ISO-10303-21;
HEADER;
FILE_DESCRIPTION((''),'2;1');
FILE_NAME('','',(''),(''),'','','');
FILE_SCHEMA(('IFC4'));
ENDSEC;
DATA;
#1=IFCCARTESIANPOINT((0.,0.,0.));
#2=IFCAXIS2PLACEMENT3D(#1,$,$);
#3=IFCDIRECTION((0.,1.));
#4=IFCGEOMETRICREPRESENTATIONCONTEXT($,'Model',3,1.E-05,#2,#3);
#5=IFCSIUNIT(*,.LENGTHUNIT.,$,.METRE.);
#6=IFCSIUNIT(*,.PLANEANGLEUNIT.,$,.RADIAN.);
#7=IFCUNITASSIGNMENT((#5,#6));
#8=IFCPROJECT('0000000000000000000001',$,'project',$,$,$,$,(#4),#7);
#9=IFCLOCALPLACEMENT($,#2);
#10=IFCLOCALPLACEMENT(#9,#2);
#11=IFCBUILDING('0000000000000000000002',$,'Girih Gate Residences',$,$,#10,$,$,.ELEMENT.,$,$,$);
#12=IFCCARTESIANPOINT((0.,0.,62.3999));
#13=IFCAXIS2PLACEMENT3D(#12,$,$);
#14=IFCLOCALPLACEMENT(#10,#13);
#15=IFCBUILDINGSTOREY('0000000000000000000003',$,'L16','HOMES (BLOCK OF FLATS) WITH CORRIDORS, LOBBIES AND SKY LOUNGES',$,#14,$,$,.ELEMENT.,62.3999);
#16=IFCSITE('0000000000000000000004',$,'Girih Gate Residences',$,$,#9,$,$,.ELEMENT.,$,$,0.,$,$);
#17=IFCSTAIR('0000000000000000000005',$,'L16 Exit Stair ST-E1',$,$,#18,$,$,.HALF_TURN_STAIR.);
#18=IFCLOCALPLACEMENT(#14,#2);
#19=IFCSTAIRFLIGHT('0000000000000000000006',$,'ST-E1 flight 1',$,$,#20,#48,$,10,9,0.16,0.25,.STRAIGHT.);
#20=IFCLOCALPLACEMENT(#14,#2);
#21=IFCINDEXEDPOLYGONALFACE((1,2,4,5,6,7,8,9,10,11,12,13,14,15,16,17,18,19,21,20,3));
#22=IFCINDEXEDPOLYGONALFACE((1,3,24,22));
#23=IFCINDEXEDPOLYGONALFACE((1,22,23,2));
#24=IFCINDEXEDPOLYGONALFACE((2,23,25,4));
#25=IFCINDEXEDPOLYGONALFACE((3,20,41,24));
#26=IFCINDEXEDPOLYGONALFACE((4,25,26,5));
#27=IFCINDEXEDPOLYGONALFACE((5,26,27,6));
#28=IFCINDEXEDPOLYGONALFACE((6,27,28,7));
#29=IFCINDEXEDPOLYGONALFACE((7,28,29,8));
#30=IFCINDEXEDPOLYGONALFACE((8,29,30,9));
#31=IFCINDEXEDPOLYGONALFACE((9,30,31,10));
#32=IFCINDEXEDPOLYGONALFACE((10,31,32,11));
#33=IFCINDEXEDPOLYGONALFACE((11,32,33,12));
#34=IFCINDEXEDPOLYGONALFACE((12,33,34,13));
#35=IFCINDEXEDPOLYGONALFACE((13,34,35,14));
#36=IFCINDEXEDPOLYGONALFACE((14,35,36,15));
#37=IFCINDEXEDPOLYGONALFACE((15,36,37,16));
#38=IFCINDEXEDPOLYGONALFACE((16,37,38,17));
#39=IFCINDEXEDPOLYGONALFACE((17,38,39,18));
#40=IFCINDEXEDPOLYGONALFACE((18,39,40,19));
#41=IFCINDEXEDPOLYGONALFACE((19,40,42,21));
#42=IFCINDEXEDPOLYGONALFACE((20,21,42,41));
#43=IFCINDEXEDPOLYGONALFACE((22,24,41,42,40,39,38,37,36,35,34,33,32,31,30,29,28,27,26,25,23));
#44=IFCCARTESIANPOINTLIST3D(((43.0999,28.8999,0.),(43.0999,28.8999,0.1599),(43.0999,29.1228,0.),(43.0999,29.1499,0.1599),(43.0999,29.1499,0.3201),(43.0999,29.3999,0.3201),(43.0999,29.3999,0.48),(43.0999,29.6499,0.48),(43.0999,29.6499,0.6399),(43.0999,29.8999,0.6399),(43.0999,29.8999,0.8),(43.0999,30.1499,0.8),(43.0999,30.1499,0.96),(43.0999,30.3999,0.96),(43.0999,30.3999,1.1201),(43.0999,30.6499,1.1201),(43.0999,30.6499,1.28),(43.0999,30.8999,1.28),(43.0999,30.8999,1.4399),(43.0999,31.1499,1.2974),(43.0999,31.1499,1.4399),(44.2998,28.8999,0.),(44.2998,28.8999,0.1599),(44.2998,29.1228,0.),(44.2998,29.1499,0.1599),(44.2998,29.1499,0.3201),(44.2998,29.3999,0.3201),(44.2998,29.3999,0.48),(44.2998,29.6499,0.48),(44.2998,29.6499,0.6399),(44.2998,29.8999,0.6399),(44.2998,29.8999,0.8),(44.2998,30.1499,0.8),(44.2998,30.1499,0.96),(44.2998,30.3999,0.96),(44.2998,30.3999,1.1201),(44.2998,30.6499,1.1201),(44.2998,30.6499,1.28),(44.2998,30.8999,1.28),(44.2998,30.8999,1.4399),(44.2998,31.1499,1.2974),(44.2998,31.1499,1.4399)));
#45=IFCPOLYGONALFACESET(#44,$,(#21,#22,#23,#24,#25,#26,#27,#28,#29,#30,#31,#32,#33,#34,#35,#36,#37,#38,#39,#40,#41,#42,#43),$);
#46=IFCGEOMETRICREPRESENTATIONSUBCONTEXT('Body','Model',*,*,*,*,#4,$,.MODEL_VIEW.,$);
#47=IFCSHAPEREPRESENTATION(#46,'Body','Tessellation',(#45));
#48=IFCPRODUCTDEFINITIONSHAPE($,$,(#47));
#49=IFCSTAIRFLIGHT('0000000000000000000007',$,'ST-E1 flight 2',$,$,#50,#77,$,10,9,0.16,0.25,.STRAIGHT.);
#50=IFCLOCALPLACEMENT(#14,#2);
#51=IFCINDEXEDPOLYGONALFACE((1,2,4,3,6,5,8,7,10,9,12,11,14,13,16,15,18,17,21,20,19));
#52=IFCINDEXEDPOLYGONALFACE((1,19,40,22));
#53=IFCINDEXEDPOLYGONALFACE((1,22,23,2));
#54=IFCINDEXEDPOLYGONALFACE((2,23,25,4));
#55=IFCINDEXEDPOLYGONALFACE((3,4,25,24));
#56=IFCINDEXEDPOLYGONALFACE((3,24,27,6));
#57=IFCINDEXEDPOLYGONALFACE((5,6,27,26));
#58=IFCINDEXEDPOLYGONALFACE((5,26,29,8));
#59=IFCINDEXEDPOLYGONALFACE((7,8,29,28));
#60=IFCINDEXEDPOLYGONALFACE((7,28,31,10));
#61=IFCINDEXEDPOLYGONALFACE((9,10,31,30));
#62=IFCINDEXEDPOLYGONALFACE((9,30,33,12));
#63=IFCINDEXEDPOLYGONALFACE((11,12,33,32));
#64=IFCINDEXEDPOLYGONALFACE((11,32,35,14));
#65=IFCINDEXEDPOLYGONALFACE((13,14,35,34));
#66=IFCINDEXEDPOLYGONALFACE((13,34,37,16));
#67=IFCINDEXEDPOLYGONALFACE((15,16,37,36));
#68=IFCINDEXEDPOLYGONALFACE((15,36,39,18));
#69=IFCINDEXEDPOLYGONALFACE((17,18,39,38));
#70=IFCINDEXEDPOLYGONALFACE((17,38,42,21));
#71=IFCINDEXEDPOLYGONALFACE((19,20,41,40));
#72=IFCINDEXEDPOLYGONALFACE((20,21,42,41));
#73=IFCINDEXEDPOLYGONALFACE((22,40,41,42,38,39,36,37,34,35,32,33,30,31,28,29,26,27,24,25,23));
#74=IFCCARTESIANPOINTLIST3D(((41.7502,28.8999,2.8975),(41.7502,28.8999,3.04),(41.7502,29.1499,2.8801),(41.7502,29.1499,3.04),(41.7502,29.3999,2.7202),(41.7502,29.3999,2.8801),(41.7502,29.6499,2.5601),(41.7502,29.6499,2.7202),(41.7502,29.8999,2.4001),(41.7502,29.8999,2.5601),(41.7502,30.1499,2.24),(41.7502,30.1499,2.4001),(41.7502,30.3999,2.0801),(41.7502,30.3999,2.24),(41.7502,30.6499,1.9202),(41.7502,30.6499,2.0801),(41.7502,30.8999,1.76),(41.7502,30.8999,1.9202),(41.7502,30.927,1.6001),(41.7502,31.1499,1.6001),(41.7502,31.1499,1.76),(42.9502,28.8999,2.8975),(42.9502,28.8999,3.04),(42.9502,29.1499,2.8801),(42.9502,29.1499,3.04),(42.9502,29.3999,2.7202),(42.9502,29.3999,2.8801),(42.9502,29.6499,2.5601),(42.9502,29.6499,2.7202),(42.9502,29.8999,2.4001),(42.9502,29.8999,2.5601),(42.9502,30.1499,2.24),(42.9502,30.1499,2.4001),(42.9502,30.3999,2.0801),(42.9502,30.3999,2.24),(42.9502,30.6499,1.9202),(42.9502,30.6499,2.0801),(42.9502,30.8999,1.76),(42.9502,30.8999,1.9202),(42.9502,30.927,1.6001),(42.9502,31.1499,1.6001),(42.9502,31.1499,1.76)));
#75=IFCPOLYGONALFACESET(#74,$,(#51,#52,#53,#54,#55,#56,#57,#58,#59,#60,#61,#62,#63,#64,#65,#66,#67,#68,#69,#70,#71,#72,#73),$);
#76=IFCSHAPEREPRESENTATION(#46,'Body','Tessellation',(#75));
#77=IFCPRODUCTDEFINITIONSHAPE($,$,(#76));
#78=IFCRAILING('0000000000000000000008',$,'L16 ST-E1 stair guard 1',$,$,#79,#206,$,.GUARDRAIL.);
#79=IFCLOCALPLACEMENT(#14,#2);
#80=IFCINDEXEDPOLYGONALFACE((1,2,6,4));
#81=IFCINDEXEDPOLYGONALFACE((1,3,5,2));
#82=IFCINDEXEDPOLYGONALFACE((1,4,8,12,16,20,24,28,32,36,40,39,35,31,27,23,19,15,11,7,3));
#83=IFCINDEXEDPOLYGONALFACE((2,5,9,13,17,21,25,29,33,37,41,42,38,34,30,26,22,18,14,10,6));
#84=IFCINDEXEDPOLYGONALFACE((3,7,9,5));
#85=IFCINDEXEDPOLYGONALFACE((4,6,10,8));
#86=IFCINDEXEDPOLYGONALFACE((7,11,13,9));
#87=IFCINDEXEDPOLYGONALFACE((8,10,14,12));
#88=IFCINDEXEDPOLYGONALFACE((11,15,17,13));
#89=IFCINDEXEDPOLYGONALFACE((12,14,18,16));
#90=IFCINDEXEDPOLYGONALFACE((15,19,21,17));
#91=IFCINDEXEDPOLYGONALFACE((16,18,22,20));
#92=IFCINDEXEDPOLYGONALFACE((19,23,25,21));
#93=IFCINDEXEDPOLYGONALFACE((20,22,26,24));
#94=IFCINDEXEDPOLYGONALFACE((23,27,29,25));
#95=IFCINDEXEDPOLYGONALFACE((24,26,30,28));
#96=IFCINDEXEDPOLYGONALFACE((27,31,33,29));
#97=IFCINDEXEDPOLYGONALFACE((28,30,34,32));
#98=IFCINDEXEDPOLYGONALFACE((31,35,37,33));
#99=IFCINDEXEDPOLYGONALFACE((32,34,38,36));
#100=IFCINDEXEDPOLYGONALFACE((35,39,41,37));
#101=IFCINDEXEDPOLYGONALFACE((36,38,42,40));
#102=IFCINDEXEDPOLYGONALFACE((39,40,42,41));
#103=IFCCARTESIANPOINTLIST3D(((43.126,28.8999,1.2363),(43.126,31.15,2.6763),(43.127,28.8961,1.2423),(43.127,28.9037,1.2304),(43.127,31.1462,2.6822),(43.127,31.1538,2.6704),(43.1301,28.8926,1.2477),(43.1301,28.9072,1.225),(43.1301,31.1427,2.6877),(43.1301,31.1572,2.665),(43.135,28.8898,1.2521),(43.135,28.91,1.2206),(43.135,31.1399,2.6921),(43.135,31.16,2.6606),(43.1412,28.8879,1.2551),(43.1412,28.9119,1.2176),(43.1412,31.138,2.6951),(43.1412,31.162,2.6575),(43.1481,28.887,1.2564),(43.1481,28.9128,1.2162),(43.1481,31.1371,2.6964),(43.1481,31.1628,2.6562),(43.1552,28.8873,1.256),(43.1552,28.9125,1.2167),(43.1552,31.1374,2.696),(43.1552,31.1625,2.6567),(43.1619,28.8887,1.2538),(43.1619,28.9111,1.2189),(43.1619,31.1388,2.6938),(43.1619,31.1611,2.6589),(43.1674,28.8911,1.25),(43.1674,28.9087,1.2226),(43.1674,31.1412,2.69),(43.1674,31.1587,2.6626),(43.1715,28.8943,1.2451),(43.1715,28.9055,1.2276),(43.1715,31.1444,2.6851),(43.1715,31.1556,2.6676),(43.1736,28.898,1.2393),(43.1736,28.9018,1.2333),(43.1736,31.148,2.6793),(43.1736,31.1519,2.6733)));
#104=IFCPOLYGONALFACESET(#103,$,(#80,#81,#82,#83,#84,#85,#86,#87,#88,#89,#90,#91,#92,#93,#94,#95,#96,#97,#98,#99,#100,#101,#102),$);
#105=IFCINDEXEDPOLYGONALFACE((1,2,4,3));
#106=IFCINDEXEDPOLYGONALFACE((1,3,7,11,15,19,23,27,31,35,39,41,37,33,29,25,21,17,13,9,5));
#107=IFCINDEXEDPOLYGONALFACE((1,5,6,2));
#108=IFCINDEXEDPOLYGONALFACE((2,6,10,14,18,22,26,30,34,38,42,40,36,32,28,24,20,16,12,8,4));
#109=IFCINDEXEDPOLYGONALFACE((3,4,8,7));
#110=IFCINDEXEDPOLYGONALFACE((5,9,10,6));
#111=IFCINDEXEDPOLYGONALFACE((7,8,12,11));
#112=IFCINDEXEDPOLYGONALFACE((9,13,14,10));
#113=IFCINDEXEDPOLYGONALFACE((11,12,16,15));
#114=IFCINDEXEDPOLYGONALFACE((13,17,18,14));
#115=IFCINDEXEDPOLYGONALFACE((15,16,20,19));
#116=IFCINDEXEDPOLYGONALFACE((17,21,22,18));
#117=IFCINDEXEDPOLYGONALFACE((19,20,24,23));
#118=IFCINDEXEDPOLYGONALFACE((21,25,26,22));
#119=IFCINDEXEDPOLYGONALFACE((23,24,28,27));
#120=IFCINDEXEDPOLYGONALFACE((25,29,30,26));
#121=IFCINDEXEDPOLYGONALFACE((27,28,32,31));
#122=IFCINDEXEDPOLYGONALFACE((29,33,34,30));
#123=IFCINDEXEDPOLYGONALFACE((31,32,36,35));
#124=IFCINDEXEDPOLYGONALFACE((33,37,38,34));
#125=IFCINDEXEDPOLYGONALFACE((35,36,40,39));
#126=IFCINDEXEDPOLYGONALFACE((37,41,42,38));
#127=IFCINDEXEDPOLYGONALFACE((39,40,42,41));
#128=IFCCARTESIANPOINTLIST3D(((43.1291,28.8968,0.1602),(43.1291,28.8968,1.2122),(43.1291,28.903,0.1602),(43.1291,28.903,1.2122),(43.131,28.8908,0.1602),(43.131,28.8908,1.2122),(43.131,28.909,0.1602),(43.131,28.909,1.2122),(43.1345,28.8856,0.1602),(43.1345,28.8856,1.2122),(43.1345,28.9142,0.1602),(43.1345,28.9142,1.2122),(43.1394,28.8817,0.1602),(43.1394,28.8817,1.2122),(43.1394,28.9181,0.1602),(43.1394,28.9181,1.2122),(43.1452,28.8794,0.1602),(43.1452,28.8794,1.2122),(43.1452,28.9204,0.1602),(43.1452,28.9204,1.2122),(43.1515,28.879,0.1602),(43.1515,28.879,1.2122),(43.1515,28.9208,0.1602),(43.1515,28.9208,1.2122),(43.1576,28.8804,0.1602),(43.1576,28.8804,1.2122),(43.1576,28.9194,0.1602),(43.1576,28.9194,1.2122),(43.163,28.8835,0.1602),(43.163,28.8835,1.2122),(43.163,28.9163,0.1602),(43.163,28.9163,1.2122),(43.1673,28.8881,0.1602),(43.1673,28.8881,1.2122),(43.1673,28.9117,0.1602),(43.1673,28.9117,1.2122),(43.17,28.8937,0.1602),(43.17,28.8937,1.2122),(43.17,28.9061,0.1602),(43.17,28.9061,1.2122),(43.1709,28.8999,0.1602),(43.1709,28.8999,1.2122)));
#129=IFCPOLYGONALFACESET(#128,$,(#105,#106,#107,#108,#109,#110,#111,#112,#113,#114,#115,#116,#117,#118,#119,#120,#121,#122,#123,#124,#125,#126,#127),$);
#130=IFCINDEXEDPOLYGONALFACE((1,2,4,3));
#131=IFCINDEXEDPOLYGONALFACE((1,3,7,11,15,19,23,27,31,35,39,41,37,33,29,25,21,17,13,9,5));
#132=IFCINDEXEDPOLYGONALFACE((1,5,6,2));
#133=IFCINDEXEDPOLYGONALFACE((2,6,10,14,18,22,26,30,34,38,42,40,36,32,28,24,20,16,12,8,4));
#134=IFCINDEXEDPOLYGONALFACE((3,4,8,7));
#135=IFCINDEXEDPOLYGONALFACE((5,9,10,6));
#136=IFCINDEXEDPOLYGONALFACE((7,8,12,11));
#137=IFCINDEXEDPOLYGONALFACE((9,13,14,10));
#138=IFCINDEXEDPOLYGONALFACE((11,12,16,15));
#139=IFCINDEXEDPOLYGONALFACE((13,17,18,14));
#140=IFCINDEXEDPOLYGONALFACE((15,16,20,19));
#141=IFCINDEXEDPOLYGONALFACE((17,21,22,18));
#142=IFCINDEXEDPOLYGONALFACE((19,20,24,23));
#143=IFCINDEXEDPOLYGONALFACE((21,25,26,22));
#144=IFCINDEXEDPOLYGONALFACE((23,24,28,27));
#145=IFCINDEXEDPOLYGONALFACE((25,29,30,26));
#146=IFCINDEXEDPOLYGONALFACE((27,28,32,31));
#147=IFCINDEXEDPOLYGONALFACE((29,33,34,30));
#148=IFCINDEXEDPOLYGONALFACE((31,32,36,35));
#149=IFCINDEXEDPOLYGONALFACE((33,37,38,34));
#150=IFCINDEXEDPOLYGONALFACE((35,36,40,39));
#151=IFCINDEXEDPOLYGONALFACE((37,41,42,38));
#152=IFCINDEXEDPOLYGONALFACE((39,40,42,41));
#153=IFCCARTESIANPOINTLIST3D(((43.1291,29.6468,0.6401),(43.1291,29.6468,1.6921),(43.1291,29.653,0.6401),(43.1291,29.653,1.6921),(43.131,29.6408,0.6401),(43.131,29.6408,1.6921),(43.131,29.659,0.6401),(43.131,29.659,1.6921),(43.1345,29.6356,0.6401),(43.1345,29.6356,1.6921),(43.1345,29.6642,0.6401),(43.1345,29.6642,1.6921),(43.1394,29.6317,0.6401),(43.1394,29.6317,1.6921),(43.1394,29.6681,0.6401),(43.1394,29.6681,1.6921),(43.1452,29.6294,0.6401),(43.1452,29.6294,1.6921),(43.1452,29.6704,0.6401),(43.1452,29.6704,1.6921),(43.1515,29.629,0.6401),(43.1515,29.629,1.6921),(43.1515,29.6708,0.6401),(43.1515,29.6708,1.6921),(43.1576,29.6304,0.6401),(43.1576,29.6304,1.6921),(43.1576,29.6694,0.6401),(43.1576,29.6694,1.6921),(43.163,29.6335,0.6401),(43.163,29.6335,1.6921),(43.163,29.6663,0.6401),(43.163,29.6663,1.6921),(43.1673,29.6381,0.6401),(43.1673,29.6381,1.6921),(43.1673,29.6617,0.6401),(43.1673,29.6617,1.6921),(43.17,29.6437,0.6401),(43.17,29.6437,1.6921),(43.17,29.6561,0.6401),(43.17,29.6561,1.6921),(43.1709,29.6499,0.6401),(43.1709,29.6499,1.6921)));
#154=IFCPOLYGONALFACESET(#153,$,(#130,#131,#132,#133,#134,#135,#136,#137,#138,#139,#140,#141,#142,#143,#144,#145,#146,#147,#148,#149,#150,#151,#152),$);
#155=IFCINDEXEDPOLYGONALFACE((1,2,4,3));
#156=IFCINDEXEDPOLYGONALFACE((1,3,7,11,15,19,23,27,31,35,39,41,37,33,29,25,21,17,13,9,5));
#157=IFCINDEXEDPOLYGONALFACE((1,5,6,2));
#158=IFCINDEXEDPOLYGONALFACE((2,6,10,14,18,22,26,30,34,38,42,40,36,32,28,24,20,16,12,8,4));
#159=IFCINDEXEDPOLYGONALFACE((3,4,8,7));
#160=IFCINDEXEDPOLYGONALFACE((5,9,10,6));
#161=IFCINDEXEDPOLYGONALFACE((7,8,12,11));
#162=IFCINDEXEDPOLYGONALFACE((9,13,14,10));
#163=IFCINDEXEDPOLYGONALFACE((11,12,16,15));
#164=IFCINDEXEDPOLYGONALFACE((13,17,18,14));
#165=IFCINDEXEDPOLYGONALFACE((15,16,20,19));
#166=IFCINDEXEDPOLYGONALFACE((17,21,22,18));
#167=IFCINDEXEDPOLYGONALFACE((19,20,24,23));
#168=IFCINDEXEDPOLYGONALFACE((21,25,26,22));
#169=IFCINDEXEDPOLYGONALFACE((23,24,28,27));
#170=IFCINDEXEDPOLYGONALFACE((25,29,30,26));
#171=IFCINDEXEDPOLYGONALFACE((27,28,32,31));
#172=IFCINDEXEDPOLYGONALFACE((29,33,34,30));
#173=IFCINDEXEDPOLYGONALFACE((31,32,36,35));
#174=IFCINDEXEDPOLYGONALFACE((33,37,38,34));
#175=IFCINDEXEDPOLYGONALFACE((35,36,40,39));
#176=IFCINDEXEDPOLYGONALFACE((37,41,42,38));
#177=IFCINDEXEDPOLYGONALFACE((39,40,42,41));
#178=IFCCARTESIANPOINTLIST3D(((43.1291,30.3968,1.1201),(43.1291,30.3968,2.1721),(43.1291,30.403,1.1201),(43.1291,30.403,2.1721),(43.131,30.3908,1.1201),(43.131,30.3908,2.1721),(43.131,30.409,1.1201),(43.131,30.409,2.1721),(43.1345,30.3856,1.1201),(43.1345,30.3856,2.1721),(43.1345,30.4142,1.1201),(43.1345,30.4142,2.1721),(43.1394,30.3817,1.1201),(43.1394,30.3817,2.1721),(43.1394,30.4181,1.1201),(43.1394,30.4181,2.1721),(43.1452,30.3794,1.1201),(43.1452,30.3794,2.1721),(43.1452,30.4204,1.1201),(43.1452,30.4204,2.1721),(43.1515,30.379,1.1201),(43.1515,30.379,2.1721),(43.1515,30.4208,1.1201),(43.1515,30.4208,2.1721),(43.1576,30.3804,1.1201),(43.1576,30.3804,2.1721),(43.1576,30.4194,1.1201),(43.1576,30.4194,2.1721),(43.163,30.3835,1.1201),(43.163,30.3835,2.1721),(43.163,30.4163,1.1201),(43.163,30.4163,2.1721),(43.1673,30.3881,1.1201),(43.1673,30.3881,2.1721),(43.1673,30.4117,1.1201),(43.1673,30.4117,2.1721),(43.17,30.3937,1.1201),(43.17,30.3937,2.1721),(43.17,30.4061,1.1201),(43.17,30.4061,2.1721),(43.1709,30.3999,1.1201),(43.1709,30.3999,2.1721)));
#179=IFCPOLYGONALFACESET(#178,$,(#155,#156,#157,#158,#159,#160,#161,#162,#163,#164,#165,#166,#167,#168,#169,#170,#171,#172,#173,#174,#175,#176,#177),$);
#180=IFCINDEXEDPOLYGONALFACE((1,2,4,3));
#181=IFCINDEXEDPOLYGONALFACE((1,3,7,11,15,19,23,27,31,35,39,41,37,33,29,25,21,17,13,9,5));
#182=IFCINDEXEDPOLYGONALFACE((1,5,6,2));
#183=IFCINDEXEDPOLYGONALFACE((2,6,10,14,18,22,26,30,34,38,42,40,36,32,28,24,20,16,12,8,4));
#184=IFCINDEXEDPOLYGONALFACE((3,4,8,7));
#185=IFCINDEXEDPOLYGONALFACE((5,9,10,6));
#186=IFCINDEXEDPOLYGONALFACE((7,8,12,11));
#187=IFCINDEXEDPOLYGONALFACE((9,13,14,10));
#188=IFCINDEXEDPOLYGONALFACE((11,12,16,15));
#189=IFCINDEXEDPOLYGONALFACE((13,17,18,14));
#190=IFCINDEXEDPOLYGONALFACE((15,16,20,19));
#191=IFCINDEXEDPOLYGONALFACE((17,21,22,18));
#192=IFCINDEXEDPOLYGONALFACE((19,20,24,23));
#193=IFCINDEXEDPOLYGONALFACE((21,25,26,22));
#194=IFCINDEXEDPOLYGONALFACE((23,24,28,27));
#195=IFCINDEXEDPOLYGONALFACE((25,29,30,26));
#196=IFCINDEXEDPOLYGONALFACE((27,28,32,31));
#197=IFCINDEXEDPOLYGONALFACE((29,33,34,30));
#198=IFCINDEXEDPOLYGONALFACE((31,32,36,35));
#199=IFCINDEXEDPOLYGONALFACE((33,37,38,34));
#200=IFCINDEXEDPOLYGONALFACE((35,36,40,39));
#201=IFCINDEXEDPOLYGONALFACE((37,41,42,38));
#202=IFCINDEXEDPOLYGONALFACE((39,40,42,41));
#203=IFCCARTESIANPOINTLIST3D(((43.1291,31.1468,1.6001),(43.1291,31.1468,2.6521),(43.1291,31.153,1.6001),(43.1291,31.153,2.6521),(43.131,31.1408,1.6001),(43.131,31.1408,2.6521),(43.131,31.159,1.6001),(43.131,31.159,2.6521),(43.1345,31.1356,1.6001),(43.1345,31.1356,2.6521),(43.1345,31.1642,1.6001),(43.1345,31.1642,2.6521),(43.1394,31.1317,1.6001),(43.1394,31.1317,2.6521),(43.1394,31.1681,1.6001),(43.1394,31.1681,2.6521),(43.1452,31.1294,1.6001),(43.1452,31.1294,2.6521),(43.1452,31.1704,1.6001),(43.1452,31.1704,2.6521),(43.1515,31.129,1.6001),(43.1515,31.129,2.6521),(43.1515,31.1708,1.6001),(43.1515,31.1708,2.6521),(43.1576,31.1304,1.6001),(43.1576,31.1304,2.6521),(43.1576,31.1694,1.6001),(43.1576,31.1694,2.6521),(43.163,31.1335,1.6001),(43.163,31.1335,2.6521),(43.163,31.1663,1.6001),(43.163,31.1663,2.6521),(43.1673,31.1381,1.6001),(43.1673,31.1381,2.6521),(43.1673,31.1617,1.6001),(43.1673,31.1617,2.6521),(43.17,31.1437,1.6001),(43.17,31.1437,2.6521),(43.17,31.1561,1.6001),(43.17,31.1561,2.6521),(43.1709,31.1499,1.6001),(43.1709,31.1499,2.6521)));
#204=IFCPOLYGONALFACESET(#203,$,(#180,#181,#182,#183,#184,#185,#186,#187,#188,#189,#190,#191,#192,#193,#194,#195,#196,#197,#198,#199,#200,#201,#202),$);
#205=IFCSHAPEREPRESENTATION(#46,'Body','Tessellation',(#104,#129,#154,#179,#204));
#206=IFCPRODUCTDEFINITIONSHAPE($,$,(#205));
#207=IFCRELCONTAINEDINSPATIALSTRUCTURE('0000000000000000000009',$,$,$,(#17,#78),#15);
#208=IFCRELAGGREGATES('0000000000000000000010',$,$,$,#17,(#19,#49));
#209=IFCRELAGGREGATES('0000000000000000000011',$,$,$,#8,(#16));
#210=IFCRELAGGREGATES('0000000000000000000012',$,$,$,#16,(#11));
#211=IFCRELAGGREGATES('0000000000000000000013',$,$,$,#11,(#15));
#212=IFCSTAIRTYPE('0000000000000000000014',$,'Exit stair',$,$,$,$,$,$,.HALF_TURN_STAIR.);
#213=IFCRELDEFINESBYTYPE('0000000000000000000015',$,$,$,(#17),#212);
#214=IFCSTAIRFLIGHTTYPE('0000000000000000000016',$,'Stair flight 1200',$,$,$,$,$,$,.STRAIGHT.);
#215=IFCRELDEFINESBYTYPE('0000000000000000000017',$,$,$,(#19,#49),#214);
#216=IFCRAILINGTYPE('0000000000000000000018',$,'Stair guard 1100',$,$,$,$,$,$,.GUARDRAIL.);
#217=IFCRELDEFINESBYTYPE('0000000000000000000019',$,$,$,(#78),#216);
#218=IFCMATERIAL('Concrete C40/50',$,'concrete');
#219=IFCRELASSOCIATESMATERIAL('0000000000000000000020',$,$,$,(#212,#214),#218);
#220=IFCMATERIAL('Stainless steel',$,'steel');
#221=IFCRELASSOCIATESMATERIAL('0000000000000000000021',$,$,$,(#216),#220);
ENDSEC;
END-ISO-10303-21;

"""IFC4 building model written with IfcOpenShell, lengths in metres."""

from ifc_helpers import new_model, si_unit, direction, frame, origin, origin_2d, place, context, subcontext, project, spatial, polyline, circle, outline, extrude, material, type_object, element, aggregate, save


model = new_model("IFC4")

# Units and contexts
model_context = context("Model", 3, precision=1e-05, world=origin(), true_north=direction((0.0, 1.0)))
body_context = subcontext(model_context, "Body", "Model", "MODEL_VIEW")
ifc_project = project(units=[si_unit("LENGTHUNIT", "METRE"), si_unit("PLANEANGLEUNIT", "RADIAN")], contexts=[model_context])

# Site, building, storey
site_placement = place(None, origin())
site = spatial("IfcSite", under=ifc_project, at=site_placement, Name="Girih Gate Residences", CompositionType="ELEMENT", RefElevation=0.0)
building_placement = place(site_placement, origin())
building = spatial("IfcBuilding", under=site, at=building_placement, Name="Girih Gate Residences", CompositionType="ELEMENT")
storey_placement = place(building_placement, frame((0.0, 0.0, 62.3999)))
storey = spatial("IfcBuildingStorey", under=building, at=storey_placement, Name="L16", Description="HOMES (BLOCK OF FLATS) WITH CORRIDORS, LOBBIES AND SKY LOUNGES", CompositionType="ELEMENT", Elevation=62.3999)

# Shared definitions
ifc_material_1 = material(Name="Concrete C40/50", Category="concrete")

# Stair, stair flights
stair_type = type_object("IfcStairType", Name="Exit stair", PredefinedType="HALF_TURN_STAIR", material=ifc_material_1)
stair_placement = place(storey_placement, origin())
stair = element("IfcStair", 1, at=stair_placement, inside=storey, type_object=stair_type, Name="L16 Exit Stair ST-E1", PredefinedType="HALF_TURN_STAIR")
stair_flight_type = type_object("IfcStairFlightType", Name="Stair flight 1200", PredefinedType="STRAIGHT", material=ifc_material_1)
stair_flight_1_placement = place(storey_placement, frame((43.7, 28.8999, 0.0), z_axis=(0.0, 0.0, 1.0), x_axis=(0.0, 1.0, 0.0)))
stair_flight_1 = element("IfcStairFlight", 2, at=stair_flight_1_placement, type_object=stair_flight_type, Name="ST-E1 flight 1", NumberOfRisers=10, NumberOfTreads=9, PredefinedType="STRAIGHT", RiserHeight=0.16, TreadLength=0.25, context=body_context, shape_type="SweptSolid", body=[
    extrude(outline(polyline([(0.0, 0.0), (0.0, 0.1599), (0.25, 0.1599), (0.25, 0.3201), (0.5, 0.3201), (0.5, 0.48), (0.75, 0.48), (0.75, 0.6399), (1.0, 0.6399), (1.0, 0.8), (1.25, 0.8), (1.25, 0.96), (1.5, 0.96), (1.5, 1.1201), (1.75, 1.1201), (1.75, 1.28), (2.0, 1.28), (2.0, 1.4399), (2.25, 1.4399), (2.25, 1.6001), (2.25, 1.2974), (0.2229, 0.0), (0.0, 0.0)])), frame((0.0, 0.6001, 0.0), z_axis=(0.0, -1.0, 0.0), x_axis=(1.0, 0.0, 0.0)), (0.0, 0.0, 1.0), 1.2),
])
stair_flight_2_placement = place(storey_placement, frame((42.3501, 31.1499, 1.6001), z_axis=(0.0, 0.0, 1.0), x_axis=(0.0, -1.0, 0.0)))
stair_flight_2 = element("IfcStairFlight", 3, at=stair_flight_2_placement, type_object=stair_flight_type, Name="ST-E1 flight 2", NumberOfRisers=10, NumberOfTreads=9, PredefinedType="STRAIGHT", RiserHeight=0.16, TreadLength=0.25, context=body_context, shape_type="SweptSolid", body=[
    extrude(outline(polyline([(0.0, 0.0), (0.0, 0.1599), (0.25, 0.1599), (0.25, 0.3201), (0.5, 0.3201), (0.5, 0.48), (0.75, 0.48), (0.75, 0.6399), (1.0, 0.6399), (1.0, 0.8), (1.25, 0.8), (1.25, 0.96), (1.5, 0.96), (1.5, 1.1201), (1.75, 1.1201), (1.75, 1.28), (2.0, 1.28), (2.0, 1.4399), (2.25, 1.4399), (2.25, 1.6001), (2.25, 1.2974), (0.2229, 0.0), (0.0, 0.0)])), frame((0.0, 0.6001, 0.0), z_axis=(0.0, -1.0, 0.0), x_axis=(1.0, 0.0, 0.0)), (0.0, 0.0, 1.0), 1.2),
])
aggregate(stair, [stair_flight_1, stair_flight_2])

# Railing
ifc_material_2 = material(Name="Stainless steel", Category="steel")
railing_type_1 = type_object("IfcRailingType", Name="Stair guard 1100", PredefinedType="GUARDRAIL", material=ifc_material_2)
railing_1_placement = place(storey_placement, frame((43.1499, 28.8999, 0.1602)))
element("IfcRailing", 4, at=railing_1_placement, inside=storey, type_object=railing_type_1, Name="L16 ST-E1 stair guard 1", PredefinedType="GUARDRAIL", context=body_context, shape_type="SweptSolid", body=[
    extrude(circle(Radius=0.0239, at=origin_2d()), frame((0.0, 0.0, 1.0762), z_axis=(0.0, 0.842281, 0.539038), x_axis=(-1.0, 0.0, 0.0)), (0.0, 0.0, 1.0), 2.6714),
    extrude(circle(Radius=0.021, at=origin_2d()), origin(), (0.0, 0.0, 1.0), 1.052),
    extrude(circle(Radius=0.021, at=origin_2d()), frame((0.0, 0.75, 0.48)), (0.0, 0.0, 1.0), 1.052),
    extrude(circle(Radius=0.021, at=origin_2d()), frame((0.0, 1.5, 0.96)), (0.0, 0.0, 1.0), 1.052),
    extrude(circle(Radius=0.021, at=origin_2d()), frame((0.0, 2.25, 1.4399)), (0.0, 0.0, 1.0), 1.052),
])

save(model, "model.ifc")
